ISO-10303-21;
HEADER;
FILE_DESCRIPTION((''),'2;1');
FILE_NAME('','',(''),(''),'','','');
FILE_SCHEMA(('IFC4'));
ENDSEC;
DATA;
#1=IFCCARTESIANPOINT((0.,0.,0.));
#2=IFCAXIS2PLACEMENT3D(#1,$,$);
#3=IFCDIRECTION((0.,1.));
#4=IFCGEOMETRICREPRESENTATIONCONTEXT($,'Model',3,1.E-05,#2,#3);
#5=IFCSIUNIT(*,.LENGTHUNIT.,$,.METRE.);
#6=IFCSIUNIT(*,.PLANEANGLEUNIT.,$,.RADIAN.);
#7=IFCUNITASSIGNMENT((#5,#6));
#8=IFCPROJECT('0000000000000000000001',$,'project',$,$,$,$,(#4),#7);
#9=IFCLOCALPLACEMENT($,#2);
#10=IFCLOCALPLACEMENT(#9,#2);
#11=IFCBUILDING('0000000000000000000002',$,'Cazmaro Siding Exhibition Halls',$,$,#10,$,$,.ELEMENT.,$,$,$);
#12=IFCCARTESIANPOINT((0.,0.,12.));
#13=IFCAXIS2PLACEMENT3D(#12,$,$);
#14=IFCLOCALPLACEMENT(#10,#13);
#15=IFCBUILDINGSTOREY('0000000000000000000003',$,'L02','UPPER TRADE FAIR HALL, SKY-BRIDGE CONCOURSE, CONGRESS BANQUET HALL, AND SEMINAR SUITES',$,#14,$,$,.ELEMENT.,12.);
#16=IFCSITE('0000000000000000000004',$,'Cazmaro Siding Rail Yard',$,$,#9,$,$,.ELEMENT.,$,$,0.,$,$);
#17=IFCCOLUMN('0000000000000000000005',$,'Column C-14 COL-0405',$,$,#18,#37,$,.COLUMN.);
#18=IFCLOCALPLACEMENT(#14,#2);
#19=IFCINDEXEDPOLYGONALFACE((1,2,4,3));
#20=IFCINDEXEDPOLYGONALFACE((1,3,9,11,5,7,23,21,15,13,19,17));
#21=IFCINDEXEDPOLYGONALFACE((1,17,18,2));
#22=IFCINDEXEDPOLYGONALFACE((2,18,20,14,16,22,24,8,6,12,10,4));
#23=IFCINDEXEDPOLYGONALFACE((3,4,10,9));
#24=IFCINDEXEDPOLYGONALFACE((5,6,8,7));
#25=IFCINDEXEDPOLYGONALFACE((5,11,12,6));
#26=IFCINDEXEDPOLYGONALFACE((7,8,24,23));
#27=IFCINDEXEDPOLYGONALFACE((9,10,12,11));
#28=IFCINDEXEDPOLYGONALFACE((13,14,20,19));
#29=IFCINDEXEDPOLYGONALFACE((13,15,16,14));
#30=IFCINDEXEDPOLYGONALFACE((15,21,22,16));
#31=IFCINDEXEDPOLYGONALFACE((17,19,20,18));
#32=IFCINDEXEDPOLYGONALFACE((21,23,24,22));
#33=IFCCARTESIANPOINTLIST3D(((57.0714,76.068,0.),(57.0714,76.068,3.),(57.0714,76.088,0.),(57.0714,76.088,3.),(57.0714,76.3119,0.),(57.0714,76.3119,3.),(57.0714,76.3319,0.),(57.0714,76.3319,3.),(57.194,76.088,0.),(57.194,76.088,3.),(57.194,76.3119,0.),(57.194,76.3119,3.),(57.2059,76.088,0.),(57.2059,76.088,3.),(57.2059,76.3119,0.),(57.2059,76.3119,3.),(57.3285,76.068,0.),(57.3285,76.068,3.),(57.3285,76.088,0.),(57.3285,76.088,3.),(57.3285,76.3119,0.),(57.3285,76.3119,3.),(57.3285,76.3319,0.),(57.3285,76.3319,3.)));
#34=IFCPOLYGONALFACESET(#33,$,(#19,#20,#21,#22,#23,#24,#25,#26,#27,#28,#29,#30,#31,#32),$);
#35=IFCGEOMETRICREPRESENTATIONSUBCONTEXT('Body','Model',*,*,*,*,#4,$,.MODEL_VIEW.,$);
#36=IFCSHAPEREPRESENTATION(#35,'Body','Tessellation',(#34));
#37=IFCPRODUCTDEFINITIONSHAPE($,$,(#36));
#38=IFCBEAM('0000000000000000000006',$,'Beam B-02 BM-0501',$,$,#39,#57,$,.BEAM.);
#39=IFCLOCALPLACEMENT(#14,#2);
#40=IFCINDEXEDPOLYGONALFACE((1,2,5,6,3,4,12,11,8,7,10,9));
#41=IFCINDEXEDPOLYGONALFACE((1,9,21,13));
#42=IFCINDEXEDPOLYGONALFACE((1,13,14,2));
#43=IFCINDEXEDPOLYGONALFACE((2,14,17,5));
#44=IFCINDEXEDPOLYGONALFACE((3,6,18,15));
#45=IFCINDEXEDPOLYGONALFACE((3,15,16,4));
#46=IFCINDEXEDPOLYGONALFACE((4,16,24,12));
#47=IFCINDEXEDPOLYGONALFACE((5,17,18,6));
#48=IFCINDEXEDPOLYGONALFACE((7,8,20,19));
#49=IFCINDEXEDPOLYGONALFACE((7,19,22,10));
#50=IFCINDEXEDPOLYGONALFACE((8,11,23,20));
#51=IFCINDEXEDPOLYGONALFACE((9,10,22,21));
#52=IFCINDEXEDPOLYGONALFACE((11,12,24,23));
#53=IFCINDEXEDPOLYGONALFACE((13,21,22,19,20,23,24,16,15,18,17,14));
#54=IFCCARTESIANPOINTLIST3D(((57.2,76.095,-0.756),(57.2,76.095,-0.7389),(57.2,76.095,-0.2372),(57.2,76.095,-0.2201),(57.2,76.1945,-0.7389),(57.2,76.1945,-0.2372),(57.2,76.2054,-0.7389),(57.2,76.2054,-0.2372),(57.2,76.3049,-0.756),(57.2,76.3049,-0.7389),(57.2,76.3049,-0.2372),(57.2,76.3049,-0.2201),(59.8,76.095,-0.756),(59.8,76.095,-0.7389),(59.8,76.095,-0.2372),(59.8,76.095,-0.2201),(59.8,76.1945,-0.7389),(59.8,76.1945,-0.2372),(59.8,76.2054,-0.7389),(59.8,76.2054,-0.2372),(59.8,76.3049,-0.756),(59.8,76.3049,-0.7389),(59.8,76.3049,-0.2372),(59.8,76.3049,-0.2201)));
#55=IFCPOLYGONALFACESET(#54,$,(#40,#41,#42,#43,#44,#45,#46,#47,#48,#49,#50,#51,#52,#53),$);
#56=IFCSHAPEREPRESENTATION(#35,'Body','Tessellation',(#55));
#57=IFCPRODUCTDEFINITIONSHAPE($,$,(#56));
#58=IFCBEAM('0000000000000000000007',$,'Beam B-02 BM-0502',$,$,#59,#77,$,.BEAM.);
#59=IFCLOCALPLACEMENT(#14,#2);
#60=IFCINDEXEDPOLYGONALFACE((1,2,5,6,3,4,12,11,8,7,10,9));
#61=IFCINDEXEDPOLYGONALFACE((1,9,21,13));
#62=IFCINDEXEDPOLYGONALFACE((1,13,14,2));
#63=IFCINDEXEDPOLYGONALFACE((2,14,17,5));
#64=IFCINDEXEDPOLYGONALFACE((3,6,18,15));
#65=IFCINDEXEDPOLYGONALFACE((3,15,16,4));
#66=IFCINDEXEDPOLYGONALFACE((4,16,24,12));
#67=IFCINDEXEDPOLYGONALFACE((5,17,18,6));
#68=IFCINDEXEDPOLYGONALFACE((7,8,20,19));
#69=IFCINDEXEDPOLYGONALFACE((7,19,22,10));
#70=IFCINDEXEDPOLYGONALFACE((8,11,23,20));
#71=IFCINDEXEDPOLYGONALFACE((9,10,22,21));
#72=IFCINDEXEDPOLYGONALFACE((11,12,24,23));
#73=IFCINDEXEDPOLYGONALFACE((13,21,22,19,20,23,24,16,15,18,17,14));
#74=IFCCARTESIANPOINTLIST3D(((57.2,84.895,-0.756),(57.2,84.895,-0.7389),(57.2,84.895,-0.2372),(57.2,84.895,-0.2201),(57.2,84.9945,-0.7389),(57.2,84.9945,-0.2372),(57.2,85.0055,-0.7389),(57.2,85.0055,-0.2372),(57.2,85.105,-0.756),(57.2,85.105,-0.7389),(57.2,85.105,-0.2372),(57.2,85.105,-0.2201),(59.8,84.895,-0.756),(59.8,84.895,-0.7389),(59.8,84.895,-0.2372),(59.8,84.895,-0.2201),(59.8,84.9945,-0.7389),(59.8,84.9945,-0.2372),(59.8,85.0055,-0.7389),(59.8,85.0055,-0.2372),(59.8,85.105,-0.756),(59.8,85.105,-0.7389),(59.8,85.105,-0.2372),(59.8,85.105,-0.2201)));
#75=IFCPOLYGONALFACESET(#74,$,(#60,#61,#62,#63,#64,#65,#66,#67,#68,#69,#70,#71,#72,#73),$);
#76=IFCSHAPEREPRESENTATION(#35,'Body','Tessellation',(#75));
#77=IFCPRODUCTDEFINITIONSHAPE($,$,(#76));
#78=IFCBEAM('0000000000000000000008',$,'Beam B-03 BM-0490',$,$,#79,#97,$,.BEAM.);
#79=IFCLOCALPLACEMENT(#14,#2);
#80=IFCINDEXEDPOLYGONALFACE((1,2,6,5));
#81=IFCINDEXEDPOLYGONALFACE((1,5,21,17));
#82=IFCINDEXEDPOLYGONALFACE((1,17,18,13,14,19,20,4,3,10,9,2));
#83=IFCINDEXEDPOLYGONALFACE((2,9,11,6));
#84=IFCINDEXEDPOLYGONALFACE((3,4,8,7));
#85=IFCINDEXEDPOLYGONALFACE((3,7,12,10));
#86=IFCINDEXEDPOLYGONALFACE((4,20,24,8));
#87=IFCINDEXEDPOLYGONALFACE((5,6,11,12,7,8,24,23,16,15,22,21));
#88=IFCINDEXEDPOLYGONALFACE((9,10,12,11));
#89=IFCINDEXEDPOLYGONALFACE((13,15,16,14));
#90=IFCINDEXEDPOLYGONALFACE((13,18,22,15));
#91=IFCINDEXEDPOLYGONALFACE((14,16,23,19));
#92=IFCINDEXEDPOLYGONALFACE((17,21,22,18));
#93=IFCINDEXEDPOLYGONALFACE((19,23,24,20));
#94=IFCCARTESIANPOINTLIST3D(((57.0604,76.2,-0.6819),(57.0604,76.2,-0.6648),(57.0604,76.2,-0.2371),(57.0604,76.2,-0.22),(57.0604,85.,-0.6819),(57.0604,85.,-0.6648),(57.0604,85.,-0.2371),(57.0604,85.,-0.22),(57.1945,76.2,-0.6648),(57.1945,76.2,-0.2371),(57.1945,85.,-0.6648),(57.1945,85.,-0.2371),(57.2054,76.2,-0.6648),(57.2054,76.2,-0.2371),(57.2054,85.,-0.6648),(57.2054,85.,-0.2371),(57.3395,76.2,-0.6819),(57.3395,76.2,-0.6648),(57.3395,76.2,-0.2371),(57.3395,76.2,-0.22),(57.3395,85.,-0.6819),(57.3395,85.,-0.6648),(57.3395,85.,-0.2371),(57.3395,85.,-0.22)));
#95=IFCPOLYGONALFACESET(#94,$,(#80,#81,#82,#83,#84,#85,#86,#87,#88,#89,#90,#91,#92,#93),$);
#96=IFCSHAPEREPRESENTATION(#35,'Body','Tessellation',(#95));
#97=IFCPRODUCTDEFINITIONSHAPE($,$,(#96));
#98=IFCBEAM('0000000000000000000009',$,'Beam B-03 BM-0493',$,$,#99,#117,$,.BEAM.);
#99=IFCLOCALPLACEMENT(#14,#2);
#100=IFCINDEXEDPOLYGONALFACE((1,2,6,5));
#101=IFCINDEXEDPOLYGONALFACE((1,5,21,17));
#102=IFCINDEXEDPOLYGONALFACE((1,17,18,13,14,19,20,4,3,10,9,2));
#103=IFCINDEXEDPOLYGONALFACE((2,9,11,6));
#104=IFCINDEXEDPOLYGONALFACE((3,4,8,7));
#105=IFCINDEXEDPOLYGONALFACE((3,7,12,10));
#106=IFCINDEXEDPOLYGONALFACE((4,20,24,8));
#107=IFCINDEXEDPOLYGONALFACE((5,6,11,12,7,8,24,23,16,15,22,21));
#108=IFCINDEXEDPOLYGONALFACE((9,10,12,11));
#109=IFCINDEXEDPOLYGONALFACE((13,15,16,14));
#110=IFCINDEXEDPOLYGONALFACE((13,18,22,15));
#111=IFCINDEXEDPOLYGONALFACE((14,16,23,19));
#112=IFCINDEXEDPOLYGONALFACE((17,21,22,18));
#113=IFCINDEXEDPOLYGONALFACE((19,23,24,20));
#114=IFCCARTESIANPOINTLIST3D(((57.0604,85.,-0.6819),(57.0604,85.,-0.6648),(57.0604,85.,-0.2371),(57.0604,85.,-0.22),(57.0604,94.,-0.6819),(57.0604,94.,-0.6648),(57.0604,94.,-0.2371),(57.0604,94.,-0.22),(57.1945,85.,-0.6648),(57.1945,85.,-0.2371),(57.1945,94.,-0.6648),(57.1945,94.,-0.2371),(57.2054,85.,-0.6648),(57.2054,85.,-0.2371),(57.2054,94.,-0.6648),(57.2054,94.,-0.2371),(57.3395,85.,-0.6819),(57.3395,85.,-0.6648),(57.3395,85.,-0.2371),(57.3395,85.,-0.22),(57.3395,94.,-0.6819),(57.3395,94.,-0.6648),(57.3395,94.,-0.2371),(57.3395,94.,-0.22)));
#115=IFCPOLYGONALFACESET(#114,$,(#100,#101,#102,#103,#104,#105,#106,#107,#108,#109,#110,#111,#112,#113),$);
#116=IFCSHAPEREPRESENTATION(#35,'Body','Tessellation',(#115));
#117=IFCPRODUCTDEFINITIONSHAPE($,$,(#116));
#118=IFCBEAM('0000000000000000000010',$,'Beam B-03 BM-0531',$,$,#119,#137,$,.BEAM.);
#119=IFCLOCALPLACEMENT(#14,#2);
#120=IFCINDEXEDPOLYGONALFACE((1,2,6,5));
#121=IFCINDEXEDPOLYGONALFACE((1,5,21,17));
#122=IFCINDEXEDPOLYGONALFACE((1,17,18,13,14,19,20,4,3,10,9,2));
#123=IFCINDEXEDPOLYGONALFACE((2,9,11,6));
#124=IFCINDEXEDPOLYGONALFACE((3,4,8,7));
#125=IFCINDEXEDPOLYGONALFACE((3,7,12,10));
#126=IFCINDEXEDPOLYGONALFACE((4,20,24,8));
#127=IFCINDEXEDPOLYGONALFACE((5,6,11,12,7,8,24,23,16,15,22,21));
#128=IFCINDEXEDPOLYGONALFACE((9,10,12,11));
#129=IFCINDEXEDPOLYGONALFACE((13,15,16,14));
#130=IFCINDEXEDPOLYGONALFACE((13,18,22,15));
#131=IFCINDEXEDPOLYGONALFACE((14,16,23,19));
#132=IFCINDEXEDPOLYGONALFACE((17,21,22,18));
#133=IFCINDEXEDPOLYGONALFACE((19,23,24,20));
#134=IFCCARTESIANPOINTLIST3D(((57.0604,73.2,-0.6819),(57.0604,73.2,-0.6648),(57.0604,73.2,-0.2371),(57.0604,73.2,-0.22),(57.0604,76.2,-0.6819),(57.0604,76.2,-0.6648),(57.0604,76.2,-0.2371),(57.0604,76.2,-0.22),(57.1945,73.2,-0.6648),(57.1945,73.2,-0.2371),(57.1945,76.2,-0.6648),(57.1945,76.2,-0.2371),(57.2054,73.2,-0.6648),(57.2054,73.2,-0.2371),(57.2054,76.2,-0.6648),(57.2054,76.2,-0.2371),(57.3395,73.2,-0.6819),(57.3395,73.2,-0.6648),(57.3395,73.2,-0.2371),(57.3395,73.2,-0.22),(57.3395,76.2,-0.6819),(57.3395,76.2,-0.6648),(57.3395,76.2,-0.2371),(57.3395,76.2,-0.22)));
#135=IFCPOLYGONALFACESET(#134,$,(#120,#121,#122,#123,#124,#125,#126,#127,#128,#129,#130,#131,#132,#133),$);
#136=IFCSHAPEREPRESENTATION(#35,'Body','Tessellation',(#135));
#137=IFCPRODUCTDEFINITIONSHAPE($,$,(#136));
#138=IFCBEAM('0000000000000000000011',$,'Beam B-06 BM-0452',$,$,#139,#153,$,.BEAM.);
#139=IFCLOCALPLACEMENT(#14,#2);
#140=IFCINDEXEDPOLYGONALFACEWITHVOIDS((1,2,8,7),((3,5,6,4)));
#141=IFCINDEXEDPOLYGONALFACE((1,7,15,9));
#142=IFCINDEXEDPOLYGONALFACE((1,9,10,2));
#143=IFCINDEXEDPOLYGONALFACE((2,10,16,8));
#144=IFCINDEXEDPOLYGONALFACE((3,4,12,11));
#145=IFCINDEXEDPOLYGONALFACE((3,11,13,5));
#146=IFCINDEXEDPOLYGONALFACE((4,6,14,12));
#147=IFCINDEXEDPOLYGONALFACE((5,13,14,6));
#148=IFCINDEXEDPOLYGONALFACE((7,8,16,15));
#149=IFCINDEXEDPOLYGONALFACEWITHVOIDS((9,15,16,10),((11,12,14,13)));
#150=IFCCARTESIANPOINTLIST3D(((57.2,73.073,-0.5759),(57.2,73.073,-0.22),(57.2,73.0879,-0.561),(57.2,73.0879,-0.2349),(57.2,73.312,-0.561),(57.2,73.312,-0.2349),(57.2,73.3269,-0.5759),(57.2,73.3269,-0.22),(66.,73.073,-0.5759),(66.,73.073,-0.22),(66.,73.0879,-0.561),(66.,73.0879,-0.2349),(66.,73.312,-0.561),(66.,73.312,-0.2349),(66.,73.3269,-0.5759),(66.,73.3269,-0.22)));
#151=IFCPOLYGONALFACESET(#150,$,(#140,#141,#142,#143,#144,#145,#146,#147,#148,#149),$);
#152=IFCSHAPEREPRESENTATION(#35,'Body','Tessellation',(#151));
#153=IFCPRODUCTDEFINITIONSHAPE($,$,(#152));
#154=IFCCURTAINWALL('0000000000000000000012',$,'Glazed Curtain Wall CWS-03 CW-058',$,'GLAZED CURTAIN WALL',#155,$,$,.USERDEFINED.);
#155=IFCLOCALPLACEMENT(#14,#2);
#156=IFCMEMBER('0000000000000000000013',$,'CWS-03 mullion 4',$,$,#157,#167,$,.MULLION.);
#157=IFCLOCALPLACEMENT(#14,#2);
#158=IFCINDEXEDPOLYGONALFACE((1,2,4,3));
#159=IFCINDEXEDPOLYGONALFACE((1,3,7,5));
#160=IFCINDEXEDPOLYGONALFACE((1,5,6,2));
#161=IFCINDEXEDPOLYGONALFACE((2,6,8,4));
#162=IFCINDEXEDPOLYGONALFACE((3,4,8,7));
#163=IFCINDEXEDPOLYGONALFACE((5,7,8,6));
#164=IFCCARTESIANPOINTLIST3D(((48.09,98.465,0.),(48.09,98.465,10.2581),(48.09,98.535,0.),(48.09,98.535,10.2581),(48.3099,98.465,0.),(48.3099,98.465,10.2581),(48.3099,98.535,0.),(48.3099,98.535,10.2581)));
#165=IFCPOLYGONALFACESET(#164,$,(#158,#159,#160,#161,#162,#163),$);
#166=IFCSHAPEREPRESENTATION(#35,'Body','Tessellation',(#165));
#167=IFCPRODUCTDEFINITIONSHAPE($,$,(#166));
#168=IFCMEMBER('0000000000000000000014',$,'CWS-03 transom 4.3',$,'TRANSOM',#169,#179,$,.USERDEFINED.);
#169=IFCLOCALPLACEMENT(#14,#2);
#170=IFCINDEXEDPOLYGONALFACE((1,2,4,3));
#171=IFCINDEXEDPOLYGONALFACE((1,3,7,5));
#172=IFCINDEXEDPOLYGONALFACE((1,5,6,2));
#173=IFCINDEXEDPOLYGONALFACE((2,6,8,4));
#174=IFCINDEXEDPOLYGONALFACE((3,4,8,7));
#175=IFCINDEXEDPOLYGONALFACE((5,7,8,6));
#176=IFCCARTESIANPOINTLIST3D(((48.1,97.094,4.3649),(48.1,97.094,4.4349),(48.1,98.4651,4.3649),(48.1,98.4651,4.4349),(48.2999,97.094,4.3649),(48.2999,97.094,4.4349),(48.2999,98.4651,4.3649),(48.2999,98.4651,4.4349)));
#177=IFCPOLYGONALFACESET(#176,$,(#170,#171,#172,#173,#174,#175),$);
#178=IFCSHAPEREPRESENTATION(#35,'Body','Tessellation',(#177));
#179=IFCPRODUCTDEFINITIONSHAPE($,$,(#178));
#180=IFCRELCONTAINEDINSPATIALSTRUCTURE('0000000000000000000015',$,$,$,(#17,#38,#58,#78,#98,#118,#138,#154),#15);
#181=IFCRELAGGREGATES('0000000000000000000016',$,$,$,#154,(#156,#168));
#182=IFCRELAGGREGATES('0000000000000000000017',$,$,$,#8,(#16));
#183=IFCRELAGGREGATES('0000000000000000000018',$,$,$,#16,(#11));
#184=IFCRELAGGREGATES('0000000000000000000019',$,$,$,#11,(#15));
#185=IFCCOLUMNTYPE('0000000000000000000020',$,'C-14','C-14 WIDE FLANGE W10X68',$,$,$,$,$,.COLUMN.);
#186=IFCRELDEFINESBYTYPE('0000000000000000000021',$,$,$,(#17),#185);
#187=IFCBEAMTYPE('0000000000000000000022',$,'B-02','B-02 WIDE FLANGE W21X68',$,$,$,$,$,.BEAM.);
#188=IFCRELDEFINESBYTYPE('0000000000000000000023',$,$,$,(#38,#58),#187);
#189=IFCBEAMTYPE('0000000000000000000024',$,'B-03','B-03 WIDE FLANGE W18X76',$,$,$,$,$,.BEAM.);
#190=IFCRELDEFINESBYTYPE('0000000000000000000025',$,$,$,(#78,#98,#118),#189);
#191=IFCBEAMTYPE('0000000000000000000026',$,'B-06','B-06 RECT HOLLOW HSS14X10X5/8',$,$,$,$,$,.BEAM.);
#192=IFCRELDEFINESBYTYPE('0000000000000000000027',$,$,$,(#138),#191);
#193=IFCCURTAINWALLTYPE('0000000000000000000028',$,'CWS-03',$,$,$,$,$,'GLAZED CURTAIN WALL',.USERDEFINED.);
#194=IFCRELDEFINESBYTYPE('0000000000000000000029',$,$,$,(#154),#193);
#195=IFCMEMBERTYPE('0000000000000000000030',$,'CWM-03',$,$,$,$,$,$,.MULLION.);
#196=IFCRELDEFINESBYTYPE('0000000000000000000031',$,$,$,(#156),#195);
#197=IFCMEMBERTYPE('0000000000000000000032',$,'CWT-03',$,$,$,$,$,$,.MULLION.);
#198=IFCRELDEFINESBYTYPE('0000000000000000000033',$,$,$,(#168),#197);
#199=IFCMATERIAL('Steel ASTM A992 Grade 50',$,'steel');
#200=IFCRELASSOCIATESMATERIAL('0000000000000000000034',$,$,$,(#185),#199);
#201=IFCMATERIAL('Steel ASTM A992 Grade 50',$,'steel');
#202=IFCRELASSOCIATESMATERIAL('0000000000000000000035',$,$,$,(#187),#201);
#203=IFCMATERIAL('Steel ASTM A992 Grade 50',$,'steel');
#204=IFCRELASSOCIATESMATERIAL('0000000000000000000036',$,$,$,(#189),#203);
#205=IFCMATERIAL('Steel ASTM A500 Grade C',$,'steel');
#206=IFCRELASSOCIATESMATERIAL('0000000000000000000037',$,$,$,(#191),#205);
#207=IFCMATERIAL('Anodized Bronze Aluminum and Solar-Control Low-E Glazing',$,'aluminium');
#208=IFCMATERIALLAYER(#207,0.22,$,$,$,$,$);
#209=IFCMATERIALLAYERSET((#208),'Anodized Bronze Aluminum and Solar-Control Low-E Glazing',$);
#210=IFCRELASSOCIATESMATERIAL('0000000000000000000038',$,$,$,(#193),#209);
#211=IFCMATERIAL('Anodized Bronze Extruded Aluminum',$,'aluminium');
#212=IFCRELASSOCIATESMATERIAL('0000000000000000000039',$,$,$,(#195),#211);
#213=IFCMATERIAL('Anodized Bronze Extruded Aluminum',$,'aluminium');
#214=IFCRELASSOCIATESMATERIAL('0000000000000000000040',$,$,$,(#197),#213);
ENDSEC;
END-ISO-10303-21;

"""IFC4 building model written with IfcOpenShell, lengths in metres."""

from ifc_helpers import new_model, si_unit, direction, frame, origin, origin_2d, place, context, subcontext, project, spatial, rectangle, hollow_rectangle, i_section, extrude, material, layer, layer_set, material_profile, profile_set, type_object, element, aggregate, save


model = new_model("IFC4")

# Units and contexts
model_context = context("Model", 3, precision=1e-05, world=origin(), true_north=direction((0.0, 1.0)))
body_context = subcontext(model_context, "Body", "Model", "MODEL_VIEW")
ifc_project = project(units=[si_unit("LENGTHUNIT", "METRE"), si_unit("PLANEANGLEUNIT", "RADIAN")], contexts=[model_context])

# Site, building, storey
site_placement = place(None, origin())
site = spatial("IfcSite", under=ifc_project, at=site_placement, Name="Cazmaro Siding Rail Yard", CompositionType="ELEMENT", RefElevation=0.0)
building_placement = place(site_placement, origin())
building = spatial("IfcBuilding", under=site, at=building_placement, Name="Cazmaro Siding Exhibition Halls", CompositionType="ELEMENT")
storey_placement = place(building_placement, frame((0.0, 0.0, 12.0)))
storey = spatial("IfcBuildingStorey", under=building, at=storey_placement, Name="L02", Description="UPPER TRADE FAIR HALL, SKY-BRIDGE CONCOURSE, CONGRESS BANQUET HALL, AND SEMINAR SUITES", CompositionType="ELEMENT", Elevation=12.0)

# Column
ifc_material_1 = material(Name="Steel ASTM A992 Grade 50", Category="steel")
ifc_material_profile_1 = material_profile(ifc_material_1, i_section(OverallWidth=0.2571, OverallDepth=0.2639, WebThickness=0.012, FlangeThickness=0.02, at=origin_2d()), Name="W10X68")
ifc_profile_set_1 = profile_set([ifc_material_profile_1], Name="Steel ASTM A992 Grade 50")
column_type = type_object("IfcColumnType", Name="C-14", Description="C-14 WIDE FLANGE W10X68", PredefinedType="COLUMN", material=ifc_profile_set_1)
column_placement = place(storey_placement, frame((57.2, 76.2, 0.0), z_axis=(0.0, 0.0, 1.0), x_axis=(1.0, 0.0, 0.0)))
element("IfcColumn", 1, at=column_placement, inside=storey, type_object=column_type, Name="Column C-14 COL-0405", PredefinedType="COLUMN", context=body_context, shape_type="SweptSolid", body=[
    extrude(i_section(OverallWidth=0.2571, OverallDepth=0.2639, WebThickness=0.012, FlangeThickness=0.02, at=origin_2d()), origin(), (0.0, 0.0, 1.0), 3.0),
])

# Beams
ifc_material_2 = material(Name="Steel ASTM A992 Grade 50", Category="steel")
ifc_material_profile_2 = material_profile(ifc_material_2, i_section(OverallWidth=0.21, OverallDepth=0.5359, WebThickness=0.011, FlangeThickness=0.0171, at=origin_2d()), Name="W21X68")
ifc_profile_set_2 = profile_set([ifc_material_profile_2], Name="Steel ASTM A992 Grade 50")
beam_type_1 = type_object("IfcBeamType", Name="B-02", Description="B-02 WIDE FLANGE W21X68", PredefinedType="BEAM", material=ifc_profile_set_2)
for number, where, z_axis, x_axis, name in (
    (2, (57.2, 76.2, -0.488), (1.0, 0.0, 0.0), (0.0, 1.0, 0.0), "Beam B-02 BM-0501"),
    (3, (57.2, 85.0, -0.488), (1.0, 0.0, 0.0), (0.0, 1.0, 0.0), "Beam B-02 BM-0502"),
):
    element("IfcBeam", number, at=place(storey_placement, frame(where, z_axis=z_axis, x_axis=x_axis)), inside=storey, type_object=beam_type_1, Name=name, PredefinedType="BEAM", context=body_context, shape_type="SweptSolid", body=[
        extrude(i_section(OverallWidth=0.21, OverallDepth=0.5359, WebThickness=0.011, FlangeThickness=0.0171, at=origin_2d()), origin(), (0.0, 0.0, 1.0), 2.6001),
    ])
ifc_material_3 = material(Name="Steel ASTM A992 Grade 50", Category="steel")
ifc_material_profile_3 = material_profile(ifc_material_3, i_section(OverallWidth=0.2791, OverallDepth=0.4619, WebThickness=0.011, FlangeThickness=0.0171, at=origin_2d()), Name="W18X76")
ifc_profile_set_3 = profile_set([ifc_material_profile_3], Name="Steel ASTM A992 Grade 50")
beam_type_2 = type_object("IfcBeamType", Name="B-03", Description="B-03 WIDE FLANGE W18X76", PredefinedType="BEAM", material=ifc_profile_set_3)
beam_1_placement = place(storey_placement, frame((57.2, 76.2, -0.4509), z_axis=(0.0, 1.0, 0.0), x_axis=(-1.0, 0.0, 0.0)))
element("IfcBeam", 4, at=beam_1_placement, inside=storey, type_object=beam_type_2, Name="Beam B-03 BM-0490", PredefinedType="BEAM", context=body_context, shape_type="SweptSolid", body=[
    extrude(i_section(OverallWidth=0.2791, OverallDepth=0.4619, WebThickness=0.011, FlangeThickness=0.0171, at=origin_2d()), origin(), (0.0, 0.0, 1.0), 8.8),
])
beam_2_placement = place(storey_placement, frame((57.2, 85.0, -0.4509), z_axis=(0.0, 1.0, 0.0), x_axis=(-1.0, 0.0, 0.0)))
element("IfcBeam", 5, at=beam_2_placement, inside=storey, type_object=beam_type_2, Name="Beam B-03 BM-0493", PredefinedType="BEAM", context=body_context, shape_type="SweptSolid", body=[
    extrude(i_section(OverallWidth=0.2791, OverallDepth=0.4619, WebThickness=0.011, FlangeThickness=0.0171, at=origin_2d()), origin(), (0.0, 0.0, 1.0), 9.0),
])
beam_3_placement = place(storey_placement, frame((57.2, 73.2, -0.4509), z_axis=(0.0, 1.0, 0.0), x_axis=(-1.0, 0.0, 0.0)))
element("IfcBeam", 6, at=beam_3_placement, inside=storey, type_object=beam_type_2, Name="Beam B-03 BM-0531", PredefinedType="BEAM", context=body_context, shape_type="SweptSolid", body=[
    extrude(i_section(OverallWidth=0.2791, OverallDepth=0.4619, WebThickness=0.011, FlangeThickness=0.0171, at=origin_2d()), origin(), (0.0, 0.0, 1.0), 3.0),
])
ifc_material_4 = material(Name="Steel ASTM A500 Grade C", Category="steel")
ifc_material_profile_4 = material_profile(ifc_material_4, hollow_rectangle(XDim=0.2539, YDim=0.356, WallThickness=0.0149, at=origin_2d()), Name="HSS14X10X5/8")
ifc_profile_set_4 = profile_set([ifc_material_profile_4], Name="Steel ASTM A500 Grade C")
beam_type_3 = type_object("IfcBeamType", Name="B-06", Description="B-06 RECT HOLLOW HSS14X10X5/8", PredefinedType="BEAM", material=ifc_profile_set_4)
beam_4_placement = place(storey_placement, frame((57.2, 73.2, -0.3979), z_axis=(1.0, 0.0, 0.0), x_axis=(0.0, 1.0, 0.0)))
element("IfcBeam", 7, at=beam_4_placement, inside=storey, type_object=beam_type_3, Name="Beam B-06 BM-0452", PredefinedType="BEAM", context=body_context, shape_type="SweptSolid", body=[
    extrude(hollow_rectangle(XDim=0.2539, YDim=0.356, WallThickness=0.0149, at=origin_2d()), origin(), (0.0, 0.0, 1.0), 8.8),
])

# Curtain wall, members
ifc_material_5 = material(Name="Anodized Bronze Aluminum and Solar-Control Low-E Glazing", Category="aluminium")
ifc_layer_1 = layer(ifc_material_5, 0.22)
ifc_layer_set_1 = layer_set([ifc_layer_1], Name="Anodized Bronze Aluminum and Solar-Control Low-E Glazing")
curtain_wall_type = type_object("IfcCurtainWallType", Name="CWS-03", ElementType="GLAZED CURTAIN WALL", PredefinedType="USERDEFINED", material=ifc_layer_set_1)
curtain_wall_placement = place(storey_placement, origin())
curtain_wall = element("IfcCurtainWall", 8, at=curtain_wall_placement, inside=storey, type_object=curtain_wall_type, Name="Glazed Curtain Wall CWS-03 CW-058", ObjectType="GLAZED CURTAIN WALL", PredefinedType="USERDEFINED")
ifc_material_6 = material(Name="Anodized Bronze Extruded Aluminum", Category="aluminium")
ifc_material_profile_5 = material_profile(ifc_material_6, rectangle(XDim=0.22, YDim=0.0701, at=origin_2d()), Name="CWM-03")
ifc_profile_set_5 = profile_set([ifc_material_profile_5], Name="Anodized Bronze Extruded Aluminum")
member_type_1 = type_object("IfcMemberType", Name="CWM-03", PredefinedType="MULLION", material=ifc_profile_set_5)
member_1_placement = place(storey_placement, frame((48.2, 98.5, 0.0), z_axis=(0.0, 0.0, 1.0), x_axis=(1.0, 0.0, 0.0)))
member_1 = element("IfcMember", 9, at=member_1_placement, type_object=member_type_1, Name="CWS-03 mullion 4", PredefinedType="MULLION", context=body_context, shape_type="SweptSolid", body=[
    extrude(rectangle(XDim=0.22, YDim=0.0701, at=origin_2d()), origin(), (0.0, 0.0, 1.0), 10.2581),
])
ifc_material_7 = material(Name="Anodized Bronze Extruded Aluminum", Category="aluminium")
ifc_material_profile_6 = material_profile(ifc_material_7, rectangle(XDim=0.2, YDim=0.0701, at=origin_2d()), Name="CWT-03")
ifc_profile_set_6 = profile_set([ifc_material_profile_6], Name="Anodized Bronze Extruded Aluminum")
member_type_2 = type_object("IfcMemberType", Name="CWT-03", PredefinedType="MULLION", material=ifc_profile_set_6)
member_2_placement = place(storey_placement, frame((48.2, 98.4651, 4.3999), z_axis=(0.0, -1.0, 0.0), x_axis=(1.0, 0.0, 0.0)))
member_2 = element("IfcMember", 10, at=member_2_placement, type_object=member_type_2, Name="CWS-03 transom 4.3", ObjectType="TRANSOM", PredefinedType="USERDEFINED", context=body_context, shape_type="SweptSolid", body=[
    extrude(rectangle(XDim=0.2, YDim=0.0701, at=origin_2d()), origin(), (0.0, 0.0, 1.0), 1.3711),
])
aggregate(curtain_wall, [member_1, member_2])

save(model, "model.ifc")
